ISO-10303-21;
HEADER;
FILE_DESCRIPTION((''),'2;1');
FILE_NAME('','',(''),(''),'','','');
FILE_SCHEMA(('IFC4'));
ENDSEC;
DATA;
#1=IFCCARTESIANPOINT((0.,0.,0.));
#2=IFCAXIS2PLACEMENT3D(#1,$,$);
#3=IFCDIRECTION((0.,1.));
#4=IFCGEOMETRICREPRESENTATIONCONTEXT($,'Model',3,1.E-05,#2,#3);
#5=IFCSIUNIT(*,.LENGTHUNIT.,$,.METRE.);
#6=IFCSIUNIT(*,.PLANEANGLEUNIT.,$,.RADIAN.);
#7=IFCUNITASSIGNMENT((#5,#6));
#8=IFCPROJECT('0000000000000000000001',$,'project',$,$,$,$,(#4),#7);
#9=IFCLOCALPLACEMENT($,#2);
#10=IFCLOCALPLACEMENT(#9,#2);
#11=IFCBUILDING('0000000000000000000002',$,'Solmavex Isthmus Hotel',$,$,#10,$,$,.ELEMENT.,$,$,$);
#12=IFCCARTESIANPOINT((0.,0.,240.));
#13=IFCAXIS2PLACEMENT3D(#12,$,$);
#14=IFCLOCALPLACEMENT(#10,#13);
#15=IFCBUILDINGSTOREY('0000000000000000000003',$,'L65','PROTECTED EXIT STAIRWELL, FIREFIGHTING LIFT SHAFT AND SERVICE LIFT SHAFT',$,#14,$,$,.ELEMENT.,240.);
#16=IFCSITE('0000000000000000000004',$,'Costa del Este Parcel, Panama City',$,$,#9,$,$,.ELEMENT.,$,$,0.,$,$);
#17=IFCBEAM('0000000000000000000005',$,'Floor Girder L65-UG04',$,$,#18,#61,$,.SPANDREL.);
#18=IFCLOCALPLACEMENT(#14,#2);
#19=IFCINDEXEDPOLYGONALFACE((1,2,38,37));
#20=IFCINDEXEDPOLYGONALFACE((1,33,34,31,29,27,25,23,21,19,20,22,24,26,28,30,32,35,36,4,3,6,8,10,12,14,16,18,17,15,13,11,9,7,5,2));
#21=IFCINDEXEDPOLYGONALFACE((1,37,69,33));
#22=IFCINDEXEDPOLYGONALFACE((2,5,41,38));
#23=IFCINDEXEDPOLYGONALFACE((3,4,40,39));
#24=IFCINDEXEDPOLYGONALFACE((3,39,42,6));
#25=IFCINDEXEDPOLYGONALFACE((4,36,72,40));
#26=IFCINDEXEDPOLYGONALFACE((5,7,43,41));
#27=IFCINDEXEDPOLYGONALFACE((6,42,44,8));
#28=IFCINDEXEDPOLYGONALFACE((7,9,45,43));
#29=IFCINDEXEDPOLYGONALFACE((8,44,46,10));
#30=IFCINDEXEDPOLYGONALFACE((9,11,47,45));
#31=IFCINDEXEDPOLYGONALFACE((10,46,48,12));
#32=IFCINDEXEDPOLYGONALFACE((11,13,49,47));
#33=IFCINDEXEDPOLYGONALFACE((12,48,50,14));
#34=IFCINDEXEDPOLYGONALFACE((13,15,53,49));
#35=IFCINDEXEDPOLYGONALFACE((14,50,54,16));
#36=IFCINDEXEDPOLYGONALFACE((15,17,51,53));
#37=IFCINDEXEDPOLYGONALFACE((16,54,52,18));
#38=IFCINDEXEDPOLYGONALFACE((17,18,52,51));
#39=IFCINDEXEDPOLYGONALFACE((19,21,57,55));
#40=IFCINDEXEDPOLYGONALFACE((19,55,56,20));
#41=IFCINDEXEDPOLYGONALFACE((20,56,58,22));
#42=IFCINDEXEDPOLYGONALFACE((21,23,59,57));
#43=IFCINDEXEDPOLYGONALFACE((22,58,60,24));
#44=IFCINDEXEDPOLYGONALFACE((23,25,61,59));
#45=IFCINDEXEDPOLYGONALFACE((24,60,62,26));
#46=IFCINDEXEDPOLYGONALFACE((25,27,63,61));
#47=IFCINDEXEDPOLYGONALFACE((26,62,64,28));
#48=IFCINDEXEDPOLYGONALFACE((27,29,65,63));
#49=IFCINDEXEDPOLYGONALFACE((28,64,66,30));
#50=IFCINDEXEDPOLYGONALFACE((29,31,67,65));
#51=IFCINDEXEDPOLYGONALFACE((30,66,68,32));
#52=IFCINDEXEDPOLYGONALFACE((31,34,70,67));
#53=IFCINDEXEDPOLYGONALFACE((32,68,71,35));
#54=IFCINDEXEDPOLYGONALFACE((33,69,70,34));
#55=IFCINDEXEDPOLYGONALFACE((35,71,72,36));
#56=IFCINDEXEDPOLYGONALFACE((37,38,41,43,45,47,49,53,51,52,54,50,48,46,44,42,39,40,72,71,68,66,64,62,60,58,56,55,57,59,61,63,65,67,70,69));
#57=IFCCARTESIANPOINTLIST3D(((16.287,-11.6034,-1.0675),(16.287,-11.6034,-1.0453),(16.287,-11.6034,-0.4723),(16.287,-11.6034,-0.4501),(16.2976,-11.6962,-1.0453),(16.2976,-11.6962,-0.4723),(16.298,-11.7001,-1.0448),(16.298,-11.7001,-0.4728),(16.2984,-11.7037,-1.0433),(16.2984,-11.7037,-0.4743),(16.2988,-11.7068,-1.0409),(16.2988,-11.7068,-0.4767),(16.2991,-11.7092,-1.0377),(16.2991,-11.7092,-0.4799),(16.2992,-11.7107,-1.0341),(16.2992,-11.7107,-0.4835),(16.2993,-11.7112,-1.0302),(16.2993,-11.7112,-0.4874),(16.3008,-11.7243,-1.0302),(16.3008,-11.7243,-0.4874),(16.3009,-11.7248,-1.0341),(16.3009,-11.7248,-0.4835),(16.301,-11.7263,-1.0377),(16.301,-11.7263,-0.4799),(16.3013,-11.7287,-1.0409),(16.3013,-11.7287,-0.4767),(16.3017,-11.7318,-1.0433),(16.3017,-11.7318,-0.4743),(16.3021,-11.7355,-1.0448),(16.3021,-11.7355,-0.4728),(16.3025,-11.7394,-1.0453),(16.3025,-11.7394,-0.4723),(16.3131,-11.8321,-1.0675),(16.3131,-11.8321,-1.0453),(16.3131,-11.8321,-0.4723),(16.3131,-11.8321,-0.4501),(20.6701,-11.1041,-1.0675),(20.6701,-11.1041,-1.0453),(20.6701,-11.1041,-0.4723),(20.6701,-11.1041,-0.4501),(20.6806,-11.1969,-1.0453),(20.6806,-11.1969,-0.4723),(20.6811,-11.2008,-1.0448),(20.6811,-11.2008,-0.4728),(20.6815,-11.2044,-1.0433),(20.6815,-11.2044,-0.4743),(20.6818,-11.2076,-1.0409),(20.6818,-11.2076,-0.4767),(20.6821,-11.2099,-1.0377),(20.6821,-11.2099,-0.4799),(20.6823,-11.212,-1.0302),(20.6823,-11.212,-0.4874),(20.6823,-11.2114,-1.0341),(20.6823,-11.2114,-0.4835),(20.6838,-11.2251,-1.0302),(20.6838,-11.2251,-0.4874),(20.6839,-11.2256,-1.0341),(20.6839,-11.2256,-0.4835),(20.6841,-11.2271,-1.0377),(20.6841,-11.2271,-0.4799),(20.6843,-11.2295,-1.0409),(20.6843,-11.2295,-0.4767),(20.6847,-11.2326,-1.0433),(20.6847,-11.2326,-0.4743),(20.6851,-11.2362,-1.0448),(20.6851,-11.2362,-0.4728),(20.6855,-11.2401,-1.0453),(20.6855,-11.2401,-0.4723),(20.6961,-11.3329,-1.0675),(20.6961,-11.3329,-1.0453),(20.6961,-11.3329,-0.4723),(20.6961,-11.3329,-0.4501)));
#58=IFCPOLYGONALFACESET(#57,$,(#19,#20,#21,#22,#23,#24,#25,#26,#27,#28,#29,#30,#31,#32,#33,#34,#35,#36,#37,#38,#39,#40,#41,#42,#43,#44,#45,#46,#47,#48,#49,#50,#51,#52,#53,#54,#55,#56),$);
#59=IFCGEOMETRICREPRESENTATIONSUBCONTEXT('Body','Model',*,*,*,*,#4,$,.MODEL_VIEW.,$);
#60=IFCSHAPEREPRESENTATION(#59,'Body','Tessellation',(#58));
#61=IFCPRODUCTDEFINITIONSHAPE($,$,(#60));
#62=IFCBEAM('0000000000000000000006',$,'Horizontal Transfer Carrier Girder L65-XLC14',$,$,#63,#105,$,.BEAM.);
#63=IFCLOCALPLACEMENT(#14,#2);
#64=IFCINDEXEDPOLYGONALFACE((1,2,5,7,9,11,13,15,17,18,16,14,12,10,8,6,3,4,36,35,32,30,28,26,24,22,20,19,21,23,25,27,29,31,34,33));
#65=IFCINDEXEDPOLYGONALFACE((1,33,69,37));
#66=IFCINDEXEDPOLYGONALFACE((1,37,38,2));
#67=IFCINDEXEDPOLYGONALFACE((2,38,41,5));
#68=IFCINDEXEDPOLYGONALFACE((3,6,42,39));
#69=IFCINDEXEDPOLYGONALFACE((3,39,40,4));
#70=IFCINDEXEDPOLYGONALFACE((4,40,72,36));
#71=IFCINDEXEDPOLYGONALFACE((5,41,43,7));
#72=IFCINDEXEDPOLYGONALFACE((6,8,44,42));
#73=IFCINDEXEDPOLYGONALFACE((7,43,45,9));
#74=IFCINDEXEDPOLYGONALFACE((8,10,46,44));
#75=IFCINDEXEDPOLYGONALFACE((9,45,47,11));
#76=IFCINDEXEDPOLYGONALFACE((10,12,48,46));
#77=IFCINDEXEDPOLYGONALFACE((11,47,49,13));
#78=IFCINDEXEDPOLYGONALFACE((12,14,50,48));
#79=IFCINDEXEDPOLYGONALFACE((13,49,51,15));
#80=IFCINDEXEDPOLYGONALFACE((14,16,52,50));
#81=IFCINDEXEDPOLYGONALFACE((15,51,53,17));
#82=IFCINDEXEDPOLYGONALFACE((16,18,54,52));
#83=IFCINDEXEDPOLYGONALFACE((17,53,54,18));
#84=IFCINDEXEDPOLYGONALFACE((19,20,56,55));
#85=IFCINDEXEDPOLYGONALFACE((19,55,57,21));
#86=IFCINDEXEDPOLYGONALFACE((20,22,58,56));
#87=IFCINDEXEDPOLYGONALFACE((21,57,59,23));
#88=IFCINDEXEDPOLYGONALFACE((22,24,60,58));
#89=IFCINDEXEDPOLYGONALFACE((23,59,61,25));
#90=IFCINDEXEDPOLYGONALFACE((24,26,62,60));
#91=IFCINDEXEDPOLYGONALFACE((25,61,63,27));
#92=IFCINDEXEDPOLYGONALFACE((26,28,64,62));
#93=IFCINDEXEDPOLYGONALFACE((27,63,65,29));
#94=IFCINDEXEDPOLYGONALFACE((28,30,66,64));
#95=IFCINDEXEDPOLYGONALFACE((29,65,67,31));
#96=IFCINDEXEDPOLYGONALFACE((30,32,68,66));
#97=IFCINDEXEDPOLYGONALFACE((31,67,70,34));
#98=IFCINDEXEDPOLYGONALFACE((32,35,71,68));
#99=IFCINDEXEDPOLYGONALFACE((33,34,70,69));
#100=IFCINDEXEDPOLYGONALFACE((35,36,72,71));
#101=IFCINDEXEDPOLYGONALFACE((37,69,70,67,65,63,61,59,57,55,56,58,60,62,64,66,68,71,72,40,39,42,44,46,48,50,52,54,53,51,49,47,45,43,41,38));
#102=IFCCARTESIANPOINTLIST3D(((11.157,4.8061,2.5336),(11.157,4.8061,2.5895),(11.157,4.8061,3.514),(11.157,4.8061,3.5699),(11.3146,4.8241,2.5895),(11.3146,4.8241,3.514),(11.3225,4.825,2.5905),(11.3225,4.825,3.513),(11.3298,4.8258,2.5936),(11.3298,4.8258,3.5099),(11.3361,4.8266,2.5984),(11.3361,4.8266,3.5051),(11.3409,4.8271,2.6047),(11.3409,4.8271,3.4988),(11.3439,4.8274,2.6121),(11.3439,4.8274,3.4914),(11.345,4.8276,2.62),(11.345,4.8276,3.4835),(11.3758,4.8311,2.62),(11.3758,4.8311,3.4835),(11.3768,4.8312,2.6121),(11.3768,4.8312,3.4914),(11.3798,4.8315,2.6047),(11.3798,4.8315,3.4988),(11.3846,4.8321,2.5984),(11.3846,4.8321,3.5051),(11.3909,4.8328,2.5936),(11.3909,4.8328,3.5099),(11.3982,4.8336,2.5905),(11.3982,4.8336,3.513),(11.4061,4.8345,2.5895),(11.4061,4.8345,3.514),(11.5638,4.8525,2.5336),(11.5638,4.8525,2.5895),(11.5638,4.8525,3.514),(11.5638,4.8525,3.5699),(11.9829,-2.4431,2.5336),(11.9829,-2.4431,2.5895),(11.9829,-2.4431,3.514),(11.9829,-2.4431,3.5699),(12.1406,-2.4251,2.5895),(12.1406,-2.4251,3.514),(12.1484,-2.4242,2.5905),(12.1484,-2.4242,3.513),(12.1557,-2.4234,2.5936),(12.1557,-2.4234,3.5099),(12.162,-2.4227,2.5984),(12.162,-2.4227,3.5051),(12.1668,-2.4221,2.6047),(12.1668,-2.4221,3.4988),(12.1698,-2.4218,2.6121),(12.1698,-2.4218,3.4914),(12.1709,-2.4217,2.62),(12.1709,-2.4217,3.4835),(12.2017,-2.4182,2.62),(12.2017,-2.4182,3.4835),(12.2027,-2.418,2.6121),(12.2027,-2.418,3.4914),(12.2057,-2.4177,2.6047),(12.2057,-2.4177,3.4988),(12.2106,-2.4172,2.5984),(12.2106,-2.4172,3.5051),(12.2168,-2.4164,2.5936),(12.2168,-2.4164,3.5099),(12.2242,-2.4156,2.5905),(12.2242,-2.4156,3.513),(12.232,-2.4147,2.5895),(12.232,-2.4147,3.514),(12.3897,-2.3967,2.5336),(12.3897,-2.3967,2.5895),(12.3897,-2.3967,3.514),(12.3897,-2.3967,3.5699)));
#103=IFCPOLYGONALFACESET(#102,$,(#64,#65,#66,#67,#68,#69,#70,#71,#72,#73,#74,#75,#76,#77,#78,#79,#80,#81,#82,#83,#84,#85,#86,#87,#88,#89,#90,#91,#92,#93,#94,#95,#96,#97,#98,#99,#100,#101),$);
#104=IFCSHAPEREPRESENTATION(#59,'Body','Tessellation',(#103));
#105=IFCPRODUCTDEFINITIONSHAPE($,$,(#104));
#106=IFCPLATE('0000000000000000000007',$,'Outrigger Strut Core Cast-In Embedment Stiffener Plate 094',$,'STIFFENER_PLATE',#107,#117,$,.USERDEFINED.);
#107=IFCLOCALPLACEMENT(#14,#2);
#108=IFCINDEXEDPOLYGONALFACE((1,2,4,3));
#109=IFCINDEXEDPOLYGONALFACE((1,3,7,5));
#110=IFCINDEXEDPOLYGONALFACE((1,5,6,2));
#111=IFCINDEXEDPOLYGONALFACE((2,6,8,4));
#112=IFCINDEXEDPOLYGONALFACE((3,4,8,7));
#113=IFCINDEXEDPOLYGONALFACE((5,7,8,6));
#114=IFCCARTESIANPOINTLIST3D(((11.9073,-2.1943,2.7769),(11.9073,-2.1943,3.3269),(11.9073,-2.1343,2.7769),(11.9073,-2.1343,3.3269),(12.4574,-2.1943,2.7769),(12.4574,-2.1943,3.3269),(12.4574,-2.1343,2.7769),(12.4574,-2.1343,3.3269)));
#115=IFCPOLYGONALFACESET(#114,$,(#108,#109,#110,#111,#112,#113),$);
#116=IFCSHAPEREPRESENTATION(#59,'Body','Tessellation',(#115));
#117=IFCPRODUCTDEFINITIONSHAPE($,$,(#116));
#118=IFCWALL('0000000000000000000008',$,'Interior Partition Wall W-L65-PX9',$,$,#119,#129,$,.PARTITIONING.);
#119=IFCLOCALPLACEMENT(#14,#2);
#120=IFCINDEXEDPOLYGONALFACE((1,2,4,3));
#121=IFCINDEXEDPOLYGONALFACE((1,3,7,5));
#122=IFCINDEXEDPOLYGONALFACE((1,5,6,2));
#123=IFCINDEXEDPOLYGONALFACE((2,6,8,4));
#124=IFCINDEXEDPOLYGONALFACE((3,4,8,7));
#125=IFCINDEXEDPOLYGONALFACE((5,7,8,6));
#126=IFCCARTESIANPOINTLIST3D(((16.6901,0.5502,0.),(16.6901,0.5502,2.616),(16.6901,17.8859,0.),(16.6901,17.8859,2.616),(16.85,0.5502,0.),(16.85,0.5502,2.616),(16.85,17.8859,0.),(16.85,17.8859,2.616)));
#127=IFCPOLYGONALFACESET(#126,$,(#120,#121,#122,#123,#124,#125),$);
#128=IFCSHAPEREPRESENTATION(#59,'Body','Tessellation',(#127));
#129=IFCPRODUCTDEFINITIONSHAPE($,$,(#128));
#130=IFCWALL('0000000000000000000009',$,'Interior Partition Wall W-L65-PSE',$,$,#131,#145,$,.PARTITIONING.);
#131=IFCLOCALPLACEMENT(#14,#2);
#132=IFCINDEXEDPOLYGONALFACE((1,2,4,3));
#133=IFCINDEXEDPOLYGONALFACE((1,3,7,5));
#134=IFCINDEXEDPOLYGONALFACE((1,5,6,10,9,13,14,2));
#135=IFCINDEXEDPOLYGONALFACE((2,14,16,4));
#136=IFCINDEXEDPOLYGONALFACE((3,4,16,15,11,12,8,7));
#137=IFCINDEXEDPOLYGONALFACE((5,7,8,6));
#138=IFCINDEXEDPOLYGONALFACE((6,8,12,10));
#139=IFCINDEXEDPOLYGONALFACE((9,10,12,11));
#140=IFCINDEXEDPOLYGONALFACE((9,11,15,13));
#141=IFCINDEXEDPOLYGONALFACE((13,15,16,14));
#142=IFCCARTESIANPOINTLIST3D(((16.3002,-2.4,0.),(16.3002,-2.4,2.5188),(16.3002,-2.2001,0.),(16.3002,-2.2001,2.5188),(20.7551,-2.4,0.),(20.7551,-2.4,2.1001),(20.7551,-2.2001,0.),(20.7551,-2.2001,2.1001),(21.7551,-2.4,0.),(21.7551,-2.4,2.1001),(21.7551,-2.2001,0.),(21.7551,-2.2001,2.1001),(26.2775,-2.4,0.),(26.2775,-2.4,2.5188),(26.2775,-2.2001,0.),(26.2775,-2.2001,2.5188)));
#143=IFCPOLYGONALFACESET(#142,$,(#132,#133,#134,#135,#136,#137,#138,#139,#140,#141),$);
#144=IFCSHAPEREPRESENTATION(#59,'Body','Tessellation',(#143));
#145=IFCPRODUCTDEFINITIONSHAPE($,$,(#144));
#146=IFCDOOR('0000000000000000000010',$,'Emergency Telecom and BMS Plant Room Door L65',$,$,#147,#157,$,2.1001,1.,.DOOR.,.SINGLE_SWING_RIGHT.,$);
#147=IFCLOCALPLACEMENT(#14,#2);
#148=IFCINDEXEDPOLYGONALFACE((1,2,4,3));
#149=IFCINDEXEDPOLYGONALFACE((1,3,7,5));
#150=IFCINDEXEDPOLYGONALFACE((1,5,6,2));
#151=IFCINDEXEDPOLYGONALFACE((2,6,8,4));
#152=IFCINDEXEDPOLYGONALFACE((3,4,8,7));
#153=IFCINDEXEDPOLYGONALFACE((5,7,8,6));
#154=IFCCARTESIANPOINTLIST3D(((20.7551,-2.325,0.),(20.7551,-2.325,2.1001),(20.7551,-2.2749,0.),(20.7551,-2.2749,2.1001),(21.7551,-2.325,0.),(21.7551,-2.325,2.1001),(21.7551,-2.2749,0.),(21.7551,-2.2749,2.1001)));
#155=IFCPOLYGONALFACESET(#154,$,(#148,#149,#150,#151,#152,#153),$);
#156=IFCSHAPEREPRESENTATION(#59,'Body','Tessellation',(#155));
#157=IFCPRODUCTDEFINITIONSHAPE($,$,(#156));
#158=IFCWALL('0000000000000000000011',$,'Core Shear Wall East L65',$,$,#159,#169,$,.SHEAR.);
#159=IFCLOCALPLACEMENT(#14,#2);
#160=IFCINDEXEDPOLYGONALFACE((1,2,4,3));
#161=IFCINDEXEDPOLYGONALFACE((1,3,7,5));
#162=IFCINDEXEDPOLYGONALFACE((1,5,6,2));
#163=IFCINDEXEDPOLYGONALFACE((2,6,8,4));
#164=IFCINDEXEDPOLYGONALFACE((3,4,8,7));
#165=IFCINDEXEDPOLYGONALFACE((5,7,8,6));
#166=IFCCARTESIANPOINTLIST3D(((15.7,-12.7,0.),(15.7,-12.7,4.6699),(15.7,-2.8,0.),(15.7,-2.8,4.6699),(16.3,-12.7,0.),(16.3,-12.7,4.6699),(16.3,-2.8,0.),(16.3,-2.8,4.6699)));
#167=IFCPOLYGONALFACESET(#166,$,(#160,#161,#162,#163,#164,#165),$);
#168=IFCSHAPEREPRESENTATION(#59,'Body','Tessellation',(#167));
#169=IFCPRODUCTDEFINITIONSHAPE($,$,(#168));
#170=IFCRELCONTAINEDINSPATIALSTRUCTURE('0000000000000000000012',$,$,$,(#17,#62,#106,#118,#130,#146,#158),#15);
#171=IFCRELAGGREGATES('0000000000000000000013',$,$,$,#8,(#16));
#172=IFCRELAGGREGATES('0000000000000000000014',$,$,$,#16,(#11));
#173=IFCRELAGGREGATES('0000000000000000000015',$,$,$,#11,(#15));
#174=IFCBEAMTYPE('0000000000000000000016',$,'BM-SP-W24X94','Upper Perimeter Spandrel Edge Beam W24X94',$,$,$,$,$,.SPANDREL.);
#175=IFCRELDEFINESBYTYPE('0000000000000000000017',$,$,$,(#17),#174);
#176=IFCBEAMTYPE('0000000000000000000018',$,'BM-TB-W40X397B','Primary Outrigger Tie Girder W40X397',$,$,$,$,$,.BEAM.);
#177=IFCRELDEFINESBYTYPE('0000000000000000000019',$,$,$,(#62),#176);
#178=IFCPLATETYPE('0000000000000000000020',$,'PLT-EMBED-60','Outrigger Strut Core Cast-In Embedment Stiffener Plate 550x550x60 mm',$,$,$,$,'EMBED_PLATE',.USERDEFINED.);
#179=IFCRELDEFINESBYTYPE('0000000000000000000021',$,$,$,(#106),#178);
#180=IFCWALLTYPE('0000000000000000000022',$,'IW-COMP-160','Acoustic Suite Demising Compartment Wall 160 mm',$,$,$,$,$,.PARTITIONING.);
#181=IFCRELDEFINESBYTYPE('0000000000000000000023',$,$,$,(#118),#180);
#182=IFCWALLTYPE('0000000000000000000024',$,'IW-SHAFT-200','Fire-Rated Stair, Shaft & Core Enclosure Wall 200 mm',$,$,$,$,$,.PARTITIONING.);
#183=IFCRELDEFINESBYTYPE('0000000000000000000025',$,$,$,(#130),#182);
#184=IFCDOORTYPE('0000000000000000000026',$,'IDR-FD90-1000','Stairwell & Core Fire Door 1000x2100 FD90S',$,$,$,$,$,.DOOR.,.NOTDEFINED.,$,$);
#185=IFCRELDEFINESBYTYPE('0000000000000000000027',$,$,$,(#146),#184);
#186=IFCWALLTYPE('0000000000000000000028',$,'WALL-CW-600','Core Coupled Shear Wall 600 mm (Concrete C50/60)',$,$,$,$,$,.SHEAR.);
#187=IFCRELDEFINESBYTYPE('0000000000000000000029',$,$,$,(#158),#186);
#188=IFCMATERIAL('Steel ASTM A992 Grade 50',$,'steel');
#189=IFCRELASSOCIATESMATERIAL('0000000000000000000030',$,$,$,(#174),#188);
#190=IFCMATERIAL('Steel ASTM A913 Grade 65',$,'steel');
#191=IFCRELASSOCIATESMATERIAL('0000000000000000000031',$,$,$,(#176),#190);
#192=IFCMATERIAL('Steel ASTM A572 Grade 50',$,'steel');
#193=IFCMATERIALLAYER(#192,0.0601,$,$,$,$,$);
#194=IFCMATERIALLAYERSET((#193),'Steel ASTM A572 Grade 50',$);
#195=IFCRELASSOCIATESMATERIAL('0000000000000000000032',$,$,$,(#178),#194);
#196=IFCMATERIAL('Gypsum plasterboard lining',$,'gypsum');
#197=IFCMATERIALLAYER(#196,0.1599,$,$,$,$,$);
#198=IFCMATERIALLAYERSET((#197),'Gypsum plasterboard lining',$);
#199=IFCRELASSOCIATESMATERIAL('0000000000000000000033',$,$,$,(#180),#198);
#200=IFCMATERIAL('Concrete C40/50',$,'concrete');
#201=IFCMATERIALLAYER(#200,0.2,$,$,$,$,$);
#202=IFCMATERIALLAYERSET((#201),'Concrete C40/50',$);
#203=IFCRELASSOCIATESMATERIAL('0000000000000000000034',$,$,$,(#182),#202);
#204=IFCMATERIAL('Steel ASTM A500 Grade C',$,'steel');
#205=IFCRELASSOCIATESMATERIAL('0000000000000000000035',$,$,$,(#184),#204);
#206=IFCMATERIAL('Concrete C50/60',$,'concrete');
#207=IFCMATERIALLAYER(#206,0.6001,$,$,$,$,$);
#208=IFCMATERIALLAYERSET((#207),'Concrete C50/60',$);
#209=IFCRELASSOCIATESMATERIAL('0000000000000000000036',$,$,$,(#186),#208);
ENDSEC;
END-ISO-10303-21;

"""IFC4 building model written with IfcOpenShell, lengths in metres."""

from ifc_helpers import new_model, si_unit, direction, frame, frame_2d, origin, origin_2d, place, context, subcontext, project, spatial, rectangle, i_section, extrude, material, layer, layer_set, material_profile, profile_set, type_object, element, fill, save


model = new_model("IFC4")

# Units and contexts
model_context = context("Model", 3, precision=1e-05, world=origin(), true_north=direction((0.0, 1.0)))
body_context = subcontext(model_context, "Body", "Model", "MODEL_VIEW")
ifc_project = project(units=[si_unit("LENGTHUNIT", "METRE"), si_unit("PLANEANGLEUNIT", "RADIAN")], contexts=[model_context])

# Site, building, storey
site_placement = place(None, origin())
site = spatial("IfcSite", under=ifc_project, at=site_placement, Name="Costa del Este Parcel, Panama City", CompositionType="ELEMENT", RefElevation=0.0)
building_placement = place(site_placement, origin())
building = spatial("IfcBuilding", under=site, at=building_placement, Name="Solmavex Isthmus Hotel", CompositionType="ELEMENT")
storey_placement = place(building_placement, frame((0.0, 0.0, 240.0)))
storey = spatial("IfcBuildingStorey", under=building, at=storey_placement, Name="L65", Description="PROTECTED EXIT STAIRWELL, FIREFIGHTING LIFT SHAFT AND SERVICE LIFT SHAFT", CompositionType="ELEMENT", Elevation=240.0)

# Shared definitions
ifc_material_1 = material(Name="Concrete C50/60", Category="concrete")

# Beams
ifc_material_2 = material(Name="Steel ASTM A992 Grade 50", Category="steel")
ifc_material_profile_1 = material_profile(ifc_material_2, i_section(OverallWidth=0.2302, OverallDepth=0.6174, WebThickness=0.0132, FlangeThickness=0.0222, FilletRadius=0.0151, at=origin_2d()), Name="W24X94")
ifc_profile_set_1 = profile_set([ifc_material_profile_1], Name="Steel ASTM A992 Grade 50")
beam_type_1 = type_object("IfcBeamType", Name="BM-SP-W24X94", Description="Upper Perimeter Spandrel Edge Beam W24X94", PredefinedType="SPANDREL", material=ifc_profile_set_1)
beam_1_placement = place(storey_placement, frame((16.3, -11.7178, -0.7588), z_axis=(0.993575, 0.113177, 0.0), x_axis=(-0.113177, 0.993575, 0.0)))
element("IfcBeam", 1, at=beam_1_placement, inside=storey, type_object=beam_type_1, Name="Floor Girder L65-UG04", PredefinedType="SPANDREL", context=body_context, shape_type="SweptSolid", body=[
    extrude(i_section(OverallWidth=0.2302, OverallDepth=0.6174, WebThickness=0.0132, FlangeThickness=0.0222, FilletRadius=0.0151, at=origin_2d()), origin(), (0.0, 0.0, 1.0), 4.4114),
])
ifc_material_3 = material(Name="Steel ASTM A913 Grade 65", Category="steel")
ifc_material_profile_2 = material_profile(ifc_material_3, i_section(OverallWidth=0.4094, OverallDepth=1.0364, WebThickness=0.031, FlangeThickness=0.0559, FilletRadius=0.0305, at=origin_2d()), Name="W40X397")
ifc_profile_set_2 = profile_set([ifc_material_profile_2], Name="Steel ASTM A913 Grade 65")
beam_type_2 = type_object("IfcBeamType", Name="BM-TB-W40X397B", Description="Primary Outrigger Tie Girder W40X397", PredefinedType="BEAM", material=ifc_profile_set_2)
beam_2_placement = place(storey_placement, frame((12.1863, -2.4199, 3.0518), z_axis=(-0.1132, 0.993572, 0.0), x_axis=(-0.993572, -0.1132, 0.0)))
element("IfcBeam", 2, at=beam_2_placement, inside=storey, type_object=beam_type_2, Name="Horizontal Transfer Carrier Girder L65-XLC14", PredefinedType="BEAM", context=body_context, shape_type="SweptSolid", body=[
    extrude(i_section(OverallWidth=0.4094, OverallDepth=1.0364, WebThickness=0.031, FlangeThickness=0.0559, FilletRadius=0.0305, at=origin_2d()), origin(), (0.0, 0.0, 1.0), 7.2961),
])

# Plate
ifc_material_4 = material(Name="Steel ASTM A572 Grade 50", Category="steel")
ifc_layer_1 = layer(ifc_material_4, 0.0601)
ifc_layer_set_1 = layer_set([ifc_layer_1], Name="Steel ASTM A572 Grade 50")
plate_type = type_object("IfcPlateType", Name="PLT-EMBED-60", Description="Outrigger Strut Core Cast-In Embedment Stiffener Plate 550x550x60 mm", ElementType="EMBED_PLATE", PredefinedType="USERDEFINED", material=ifc_layer_set_1)
plate_placement = place(storey_placement, frame((12.1824, -2.1643, 2.7769), z_axis=(0.0, 0.0, 1.0), x_axis=(1.0, 0.0, 0.0)))
element("IfcPlate", 3, at=plate_placement, inside=storey, type_object=plate_type, Name="Outrigger Strut Core Cast-In Embedment Stiffener Plate 094", ObjectType="STIFFENER_PLATE", PredefinedType="USERDEFINED", context=body_context, shape_type="SweptSolid", body=[
    extrude(rectangle(XDim=0.55, YDim=0.0601, at=origin_2d()), origin(), (0.0, 0.0, 1.0), 0.55),
])

# Wall
ifc_material_5 = material(Name="Gypsum plasterboard lining", Category="gypsum")
ifc_layer_2 = layer(ifc_material_5, 0.1599)
ifc_layer_set_2 = layer_set([ifc_layer_2], Name="Gypsum plasterboard lining")
wall_type_1 = type_object("IfcWallType", Name="IW-COMP-160", Description="Acoustic Suite Demising Compartment Wall 160 mm", PredefinedType="PARTITIONING", material=ifc_layer_set_2)
wall_1_placement = place(storey_placement, frame((16.77, 0.55, 0.0), z_axis=(0.0, 0.0, 1.0), x_axis=(0.0, 1.0, 0.0)))
element("IfcWall", 4, at=wall_1_placement, inside=storey, type_object=wall_type_1, Name="Interior Partition Wall W-L65-PX9", PredefinedType="PARTITIONING", context=body_context, shape_type="SweptSolid", body=[
    extrude(rectangle(XDim=17.3357, YDim=0.1599, at=frame_2d((8.668, 0.0))), origin(), (0.0, 0.0, 1.0), 2.616),
])

# Wall, opening, door
ifc_material_6 = material(Name="Concrete C40/50", Category="concrete")
ifc_layer_3 = layer(ifc_material_6, 0.2)
ifc_layer_set_3 = layer_set([ifc_layer_3], Name="Concrete C40/50")
wall_type_2 = type_object("IfcWallType", Name="IW-SHAFT-200", Description="Fire-Rated Stair, Shaft & Core Enclosure Wall 200 mm", PredefinedType="PARTITIONING", material=ifc_layer_set_3)
wall_2_placement = place(storey_placement, frame((16.3, -2.3, 0.0), z_axis=(0.0, 0.0, 1.0), x_axis=(1.0, 0.0, 0.0)))
wall_2 = element("IfcWall", 5, at=wall_2_placement, inside=storey, type_object=wall_type_2, Name="Interior Partition Wall W-L65-PSE", PredefinedType="PARTITIONING", context=body_context, shape_type="SweptSolid", body=[
    extrude(rectangle(XDim=9.9773, YDim=0.2, at=frame_2d((4.9888, 0.0))), origin(), (0.0, 0.0, 1.0), 2.5188),
])
opening_placement = place(wall_2_placement, frame((4.4551, 0.0, 0.0)))
opening = element("IfcOpeningElement", 6, at=opening_placement, cuts=wall_2, PredefinedType="OPENING", context=body_context, shape_type="SweptSolid", body=[
    extrude(rectangle(XDim=1.0, YDim=2.1001, at=frame_2d((0.5, 1.05))), frame((0.0, 0.1099, 0.0), z_axis=(0.0, -1.0, 0.0), x_axis=(1.0, 0.0, 0.0)), (0.0, 0.0, 1.0), 0.22),
])
ifc_material_7 = material(Name="Steel ASTM A500 Grade C", Category="steel")
door_type = type_object("IfcDoorType", Name="IDR-FD90-1000", Description="Stairwell & Core Fire Door 1000x2100 FD90S", OperationType="NOTDEFINED", PredefinedType="DOOR", material=ifc_material_7)
door_placement = place(opening_placement, frame((1.0, 0.0, 0.0), z_axis=(0.0, 0.0, 1.0), x_axis=(-1.0, 0.0, 0.0)))
door = element("IfcDoor", 7, at=door_placement, inside=storey, type_object=door_type, Name="Emergency Telecom and BMS Plant Room Door L65", OperationType="SINGLE_SWING_RIGHT", OverallHeight=2.1001, OverallWidth=1.0, PredefinedType="DOOR", context=body_context, shape_type="SweptSolid", body=[
    extrude(rectangle(XDim=1.0, YDim=2.1001, at=frame_2d((0.5, 1.05))), frame((0.0, 0.0249, 0.0), z_axis=(0.0, -1.0, 0.0), x_axis=(1.0, 0.0, 0.0)), (0.0, 0.0, 1.0), 0.05),
])
fill(opening, door)

# Wall
ifc_layer_4 = layer(ifc_material_1, 0.6001)
ifc_layer_set_4 = layer_set([ifc_layer_4], Name="Concrete C50/60")
wall_type_3 = type_object("IfcWallType", Name="WALL-CW-600", Description="Core Coupled Shear Wall 600 mm (Concrete C50/60)", PredefinedType="SHEAR", material=ifc_layer_set_4)
wall_3_placement = place(storey_placement, frame((16.0, -12.7, 0.0), z_axis=(0.0, 0.0, 1.0), x_axis=(0.0, 1.0, 0.0)))
element("IfcWall", 8, at=wall_3_placement, inside=storey, type_object=wall_type_3, Name="Core Shear Wall East L65", PredefinedType="SHEAR", context=body_context, shape_type="SweptSolid", body=[
    extrude(rectangle(XDim=9.8999, YDim=0.6001, at=frame_2d((4.95, 0.0))), origin(), (0.0, 0.0, 1.0), 4.6699),
])

save(model, "model.ifc")
